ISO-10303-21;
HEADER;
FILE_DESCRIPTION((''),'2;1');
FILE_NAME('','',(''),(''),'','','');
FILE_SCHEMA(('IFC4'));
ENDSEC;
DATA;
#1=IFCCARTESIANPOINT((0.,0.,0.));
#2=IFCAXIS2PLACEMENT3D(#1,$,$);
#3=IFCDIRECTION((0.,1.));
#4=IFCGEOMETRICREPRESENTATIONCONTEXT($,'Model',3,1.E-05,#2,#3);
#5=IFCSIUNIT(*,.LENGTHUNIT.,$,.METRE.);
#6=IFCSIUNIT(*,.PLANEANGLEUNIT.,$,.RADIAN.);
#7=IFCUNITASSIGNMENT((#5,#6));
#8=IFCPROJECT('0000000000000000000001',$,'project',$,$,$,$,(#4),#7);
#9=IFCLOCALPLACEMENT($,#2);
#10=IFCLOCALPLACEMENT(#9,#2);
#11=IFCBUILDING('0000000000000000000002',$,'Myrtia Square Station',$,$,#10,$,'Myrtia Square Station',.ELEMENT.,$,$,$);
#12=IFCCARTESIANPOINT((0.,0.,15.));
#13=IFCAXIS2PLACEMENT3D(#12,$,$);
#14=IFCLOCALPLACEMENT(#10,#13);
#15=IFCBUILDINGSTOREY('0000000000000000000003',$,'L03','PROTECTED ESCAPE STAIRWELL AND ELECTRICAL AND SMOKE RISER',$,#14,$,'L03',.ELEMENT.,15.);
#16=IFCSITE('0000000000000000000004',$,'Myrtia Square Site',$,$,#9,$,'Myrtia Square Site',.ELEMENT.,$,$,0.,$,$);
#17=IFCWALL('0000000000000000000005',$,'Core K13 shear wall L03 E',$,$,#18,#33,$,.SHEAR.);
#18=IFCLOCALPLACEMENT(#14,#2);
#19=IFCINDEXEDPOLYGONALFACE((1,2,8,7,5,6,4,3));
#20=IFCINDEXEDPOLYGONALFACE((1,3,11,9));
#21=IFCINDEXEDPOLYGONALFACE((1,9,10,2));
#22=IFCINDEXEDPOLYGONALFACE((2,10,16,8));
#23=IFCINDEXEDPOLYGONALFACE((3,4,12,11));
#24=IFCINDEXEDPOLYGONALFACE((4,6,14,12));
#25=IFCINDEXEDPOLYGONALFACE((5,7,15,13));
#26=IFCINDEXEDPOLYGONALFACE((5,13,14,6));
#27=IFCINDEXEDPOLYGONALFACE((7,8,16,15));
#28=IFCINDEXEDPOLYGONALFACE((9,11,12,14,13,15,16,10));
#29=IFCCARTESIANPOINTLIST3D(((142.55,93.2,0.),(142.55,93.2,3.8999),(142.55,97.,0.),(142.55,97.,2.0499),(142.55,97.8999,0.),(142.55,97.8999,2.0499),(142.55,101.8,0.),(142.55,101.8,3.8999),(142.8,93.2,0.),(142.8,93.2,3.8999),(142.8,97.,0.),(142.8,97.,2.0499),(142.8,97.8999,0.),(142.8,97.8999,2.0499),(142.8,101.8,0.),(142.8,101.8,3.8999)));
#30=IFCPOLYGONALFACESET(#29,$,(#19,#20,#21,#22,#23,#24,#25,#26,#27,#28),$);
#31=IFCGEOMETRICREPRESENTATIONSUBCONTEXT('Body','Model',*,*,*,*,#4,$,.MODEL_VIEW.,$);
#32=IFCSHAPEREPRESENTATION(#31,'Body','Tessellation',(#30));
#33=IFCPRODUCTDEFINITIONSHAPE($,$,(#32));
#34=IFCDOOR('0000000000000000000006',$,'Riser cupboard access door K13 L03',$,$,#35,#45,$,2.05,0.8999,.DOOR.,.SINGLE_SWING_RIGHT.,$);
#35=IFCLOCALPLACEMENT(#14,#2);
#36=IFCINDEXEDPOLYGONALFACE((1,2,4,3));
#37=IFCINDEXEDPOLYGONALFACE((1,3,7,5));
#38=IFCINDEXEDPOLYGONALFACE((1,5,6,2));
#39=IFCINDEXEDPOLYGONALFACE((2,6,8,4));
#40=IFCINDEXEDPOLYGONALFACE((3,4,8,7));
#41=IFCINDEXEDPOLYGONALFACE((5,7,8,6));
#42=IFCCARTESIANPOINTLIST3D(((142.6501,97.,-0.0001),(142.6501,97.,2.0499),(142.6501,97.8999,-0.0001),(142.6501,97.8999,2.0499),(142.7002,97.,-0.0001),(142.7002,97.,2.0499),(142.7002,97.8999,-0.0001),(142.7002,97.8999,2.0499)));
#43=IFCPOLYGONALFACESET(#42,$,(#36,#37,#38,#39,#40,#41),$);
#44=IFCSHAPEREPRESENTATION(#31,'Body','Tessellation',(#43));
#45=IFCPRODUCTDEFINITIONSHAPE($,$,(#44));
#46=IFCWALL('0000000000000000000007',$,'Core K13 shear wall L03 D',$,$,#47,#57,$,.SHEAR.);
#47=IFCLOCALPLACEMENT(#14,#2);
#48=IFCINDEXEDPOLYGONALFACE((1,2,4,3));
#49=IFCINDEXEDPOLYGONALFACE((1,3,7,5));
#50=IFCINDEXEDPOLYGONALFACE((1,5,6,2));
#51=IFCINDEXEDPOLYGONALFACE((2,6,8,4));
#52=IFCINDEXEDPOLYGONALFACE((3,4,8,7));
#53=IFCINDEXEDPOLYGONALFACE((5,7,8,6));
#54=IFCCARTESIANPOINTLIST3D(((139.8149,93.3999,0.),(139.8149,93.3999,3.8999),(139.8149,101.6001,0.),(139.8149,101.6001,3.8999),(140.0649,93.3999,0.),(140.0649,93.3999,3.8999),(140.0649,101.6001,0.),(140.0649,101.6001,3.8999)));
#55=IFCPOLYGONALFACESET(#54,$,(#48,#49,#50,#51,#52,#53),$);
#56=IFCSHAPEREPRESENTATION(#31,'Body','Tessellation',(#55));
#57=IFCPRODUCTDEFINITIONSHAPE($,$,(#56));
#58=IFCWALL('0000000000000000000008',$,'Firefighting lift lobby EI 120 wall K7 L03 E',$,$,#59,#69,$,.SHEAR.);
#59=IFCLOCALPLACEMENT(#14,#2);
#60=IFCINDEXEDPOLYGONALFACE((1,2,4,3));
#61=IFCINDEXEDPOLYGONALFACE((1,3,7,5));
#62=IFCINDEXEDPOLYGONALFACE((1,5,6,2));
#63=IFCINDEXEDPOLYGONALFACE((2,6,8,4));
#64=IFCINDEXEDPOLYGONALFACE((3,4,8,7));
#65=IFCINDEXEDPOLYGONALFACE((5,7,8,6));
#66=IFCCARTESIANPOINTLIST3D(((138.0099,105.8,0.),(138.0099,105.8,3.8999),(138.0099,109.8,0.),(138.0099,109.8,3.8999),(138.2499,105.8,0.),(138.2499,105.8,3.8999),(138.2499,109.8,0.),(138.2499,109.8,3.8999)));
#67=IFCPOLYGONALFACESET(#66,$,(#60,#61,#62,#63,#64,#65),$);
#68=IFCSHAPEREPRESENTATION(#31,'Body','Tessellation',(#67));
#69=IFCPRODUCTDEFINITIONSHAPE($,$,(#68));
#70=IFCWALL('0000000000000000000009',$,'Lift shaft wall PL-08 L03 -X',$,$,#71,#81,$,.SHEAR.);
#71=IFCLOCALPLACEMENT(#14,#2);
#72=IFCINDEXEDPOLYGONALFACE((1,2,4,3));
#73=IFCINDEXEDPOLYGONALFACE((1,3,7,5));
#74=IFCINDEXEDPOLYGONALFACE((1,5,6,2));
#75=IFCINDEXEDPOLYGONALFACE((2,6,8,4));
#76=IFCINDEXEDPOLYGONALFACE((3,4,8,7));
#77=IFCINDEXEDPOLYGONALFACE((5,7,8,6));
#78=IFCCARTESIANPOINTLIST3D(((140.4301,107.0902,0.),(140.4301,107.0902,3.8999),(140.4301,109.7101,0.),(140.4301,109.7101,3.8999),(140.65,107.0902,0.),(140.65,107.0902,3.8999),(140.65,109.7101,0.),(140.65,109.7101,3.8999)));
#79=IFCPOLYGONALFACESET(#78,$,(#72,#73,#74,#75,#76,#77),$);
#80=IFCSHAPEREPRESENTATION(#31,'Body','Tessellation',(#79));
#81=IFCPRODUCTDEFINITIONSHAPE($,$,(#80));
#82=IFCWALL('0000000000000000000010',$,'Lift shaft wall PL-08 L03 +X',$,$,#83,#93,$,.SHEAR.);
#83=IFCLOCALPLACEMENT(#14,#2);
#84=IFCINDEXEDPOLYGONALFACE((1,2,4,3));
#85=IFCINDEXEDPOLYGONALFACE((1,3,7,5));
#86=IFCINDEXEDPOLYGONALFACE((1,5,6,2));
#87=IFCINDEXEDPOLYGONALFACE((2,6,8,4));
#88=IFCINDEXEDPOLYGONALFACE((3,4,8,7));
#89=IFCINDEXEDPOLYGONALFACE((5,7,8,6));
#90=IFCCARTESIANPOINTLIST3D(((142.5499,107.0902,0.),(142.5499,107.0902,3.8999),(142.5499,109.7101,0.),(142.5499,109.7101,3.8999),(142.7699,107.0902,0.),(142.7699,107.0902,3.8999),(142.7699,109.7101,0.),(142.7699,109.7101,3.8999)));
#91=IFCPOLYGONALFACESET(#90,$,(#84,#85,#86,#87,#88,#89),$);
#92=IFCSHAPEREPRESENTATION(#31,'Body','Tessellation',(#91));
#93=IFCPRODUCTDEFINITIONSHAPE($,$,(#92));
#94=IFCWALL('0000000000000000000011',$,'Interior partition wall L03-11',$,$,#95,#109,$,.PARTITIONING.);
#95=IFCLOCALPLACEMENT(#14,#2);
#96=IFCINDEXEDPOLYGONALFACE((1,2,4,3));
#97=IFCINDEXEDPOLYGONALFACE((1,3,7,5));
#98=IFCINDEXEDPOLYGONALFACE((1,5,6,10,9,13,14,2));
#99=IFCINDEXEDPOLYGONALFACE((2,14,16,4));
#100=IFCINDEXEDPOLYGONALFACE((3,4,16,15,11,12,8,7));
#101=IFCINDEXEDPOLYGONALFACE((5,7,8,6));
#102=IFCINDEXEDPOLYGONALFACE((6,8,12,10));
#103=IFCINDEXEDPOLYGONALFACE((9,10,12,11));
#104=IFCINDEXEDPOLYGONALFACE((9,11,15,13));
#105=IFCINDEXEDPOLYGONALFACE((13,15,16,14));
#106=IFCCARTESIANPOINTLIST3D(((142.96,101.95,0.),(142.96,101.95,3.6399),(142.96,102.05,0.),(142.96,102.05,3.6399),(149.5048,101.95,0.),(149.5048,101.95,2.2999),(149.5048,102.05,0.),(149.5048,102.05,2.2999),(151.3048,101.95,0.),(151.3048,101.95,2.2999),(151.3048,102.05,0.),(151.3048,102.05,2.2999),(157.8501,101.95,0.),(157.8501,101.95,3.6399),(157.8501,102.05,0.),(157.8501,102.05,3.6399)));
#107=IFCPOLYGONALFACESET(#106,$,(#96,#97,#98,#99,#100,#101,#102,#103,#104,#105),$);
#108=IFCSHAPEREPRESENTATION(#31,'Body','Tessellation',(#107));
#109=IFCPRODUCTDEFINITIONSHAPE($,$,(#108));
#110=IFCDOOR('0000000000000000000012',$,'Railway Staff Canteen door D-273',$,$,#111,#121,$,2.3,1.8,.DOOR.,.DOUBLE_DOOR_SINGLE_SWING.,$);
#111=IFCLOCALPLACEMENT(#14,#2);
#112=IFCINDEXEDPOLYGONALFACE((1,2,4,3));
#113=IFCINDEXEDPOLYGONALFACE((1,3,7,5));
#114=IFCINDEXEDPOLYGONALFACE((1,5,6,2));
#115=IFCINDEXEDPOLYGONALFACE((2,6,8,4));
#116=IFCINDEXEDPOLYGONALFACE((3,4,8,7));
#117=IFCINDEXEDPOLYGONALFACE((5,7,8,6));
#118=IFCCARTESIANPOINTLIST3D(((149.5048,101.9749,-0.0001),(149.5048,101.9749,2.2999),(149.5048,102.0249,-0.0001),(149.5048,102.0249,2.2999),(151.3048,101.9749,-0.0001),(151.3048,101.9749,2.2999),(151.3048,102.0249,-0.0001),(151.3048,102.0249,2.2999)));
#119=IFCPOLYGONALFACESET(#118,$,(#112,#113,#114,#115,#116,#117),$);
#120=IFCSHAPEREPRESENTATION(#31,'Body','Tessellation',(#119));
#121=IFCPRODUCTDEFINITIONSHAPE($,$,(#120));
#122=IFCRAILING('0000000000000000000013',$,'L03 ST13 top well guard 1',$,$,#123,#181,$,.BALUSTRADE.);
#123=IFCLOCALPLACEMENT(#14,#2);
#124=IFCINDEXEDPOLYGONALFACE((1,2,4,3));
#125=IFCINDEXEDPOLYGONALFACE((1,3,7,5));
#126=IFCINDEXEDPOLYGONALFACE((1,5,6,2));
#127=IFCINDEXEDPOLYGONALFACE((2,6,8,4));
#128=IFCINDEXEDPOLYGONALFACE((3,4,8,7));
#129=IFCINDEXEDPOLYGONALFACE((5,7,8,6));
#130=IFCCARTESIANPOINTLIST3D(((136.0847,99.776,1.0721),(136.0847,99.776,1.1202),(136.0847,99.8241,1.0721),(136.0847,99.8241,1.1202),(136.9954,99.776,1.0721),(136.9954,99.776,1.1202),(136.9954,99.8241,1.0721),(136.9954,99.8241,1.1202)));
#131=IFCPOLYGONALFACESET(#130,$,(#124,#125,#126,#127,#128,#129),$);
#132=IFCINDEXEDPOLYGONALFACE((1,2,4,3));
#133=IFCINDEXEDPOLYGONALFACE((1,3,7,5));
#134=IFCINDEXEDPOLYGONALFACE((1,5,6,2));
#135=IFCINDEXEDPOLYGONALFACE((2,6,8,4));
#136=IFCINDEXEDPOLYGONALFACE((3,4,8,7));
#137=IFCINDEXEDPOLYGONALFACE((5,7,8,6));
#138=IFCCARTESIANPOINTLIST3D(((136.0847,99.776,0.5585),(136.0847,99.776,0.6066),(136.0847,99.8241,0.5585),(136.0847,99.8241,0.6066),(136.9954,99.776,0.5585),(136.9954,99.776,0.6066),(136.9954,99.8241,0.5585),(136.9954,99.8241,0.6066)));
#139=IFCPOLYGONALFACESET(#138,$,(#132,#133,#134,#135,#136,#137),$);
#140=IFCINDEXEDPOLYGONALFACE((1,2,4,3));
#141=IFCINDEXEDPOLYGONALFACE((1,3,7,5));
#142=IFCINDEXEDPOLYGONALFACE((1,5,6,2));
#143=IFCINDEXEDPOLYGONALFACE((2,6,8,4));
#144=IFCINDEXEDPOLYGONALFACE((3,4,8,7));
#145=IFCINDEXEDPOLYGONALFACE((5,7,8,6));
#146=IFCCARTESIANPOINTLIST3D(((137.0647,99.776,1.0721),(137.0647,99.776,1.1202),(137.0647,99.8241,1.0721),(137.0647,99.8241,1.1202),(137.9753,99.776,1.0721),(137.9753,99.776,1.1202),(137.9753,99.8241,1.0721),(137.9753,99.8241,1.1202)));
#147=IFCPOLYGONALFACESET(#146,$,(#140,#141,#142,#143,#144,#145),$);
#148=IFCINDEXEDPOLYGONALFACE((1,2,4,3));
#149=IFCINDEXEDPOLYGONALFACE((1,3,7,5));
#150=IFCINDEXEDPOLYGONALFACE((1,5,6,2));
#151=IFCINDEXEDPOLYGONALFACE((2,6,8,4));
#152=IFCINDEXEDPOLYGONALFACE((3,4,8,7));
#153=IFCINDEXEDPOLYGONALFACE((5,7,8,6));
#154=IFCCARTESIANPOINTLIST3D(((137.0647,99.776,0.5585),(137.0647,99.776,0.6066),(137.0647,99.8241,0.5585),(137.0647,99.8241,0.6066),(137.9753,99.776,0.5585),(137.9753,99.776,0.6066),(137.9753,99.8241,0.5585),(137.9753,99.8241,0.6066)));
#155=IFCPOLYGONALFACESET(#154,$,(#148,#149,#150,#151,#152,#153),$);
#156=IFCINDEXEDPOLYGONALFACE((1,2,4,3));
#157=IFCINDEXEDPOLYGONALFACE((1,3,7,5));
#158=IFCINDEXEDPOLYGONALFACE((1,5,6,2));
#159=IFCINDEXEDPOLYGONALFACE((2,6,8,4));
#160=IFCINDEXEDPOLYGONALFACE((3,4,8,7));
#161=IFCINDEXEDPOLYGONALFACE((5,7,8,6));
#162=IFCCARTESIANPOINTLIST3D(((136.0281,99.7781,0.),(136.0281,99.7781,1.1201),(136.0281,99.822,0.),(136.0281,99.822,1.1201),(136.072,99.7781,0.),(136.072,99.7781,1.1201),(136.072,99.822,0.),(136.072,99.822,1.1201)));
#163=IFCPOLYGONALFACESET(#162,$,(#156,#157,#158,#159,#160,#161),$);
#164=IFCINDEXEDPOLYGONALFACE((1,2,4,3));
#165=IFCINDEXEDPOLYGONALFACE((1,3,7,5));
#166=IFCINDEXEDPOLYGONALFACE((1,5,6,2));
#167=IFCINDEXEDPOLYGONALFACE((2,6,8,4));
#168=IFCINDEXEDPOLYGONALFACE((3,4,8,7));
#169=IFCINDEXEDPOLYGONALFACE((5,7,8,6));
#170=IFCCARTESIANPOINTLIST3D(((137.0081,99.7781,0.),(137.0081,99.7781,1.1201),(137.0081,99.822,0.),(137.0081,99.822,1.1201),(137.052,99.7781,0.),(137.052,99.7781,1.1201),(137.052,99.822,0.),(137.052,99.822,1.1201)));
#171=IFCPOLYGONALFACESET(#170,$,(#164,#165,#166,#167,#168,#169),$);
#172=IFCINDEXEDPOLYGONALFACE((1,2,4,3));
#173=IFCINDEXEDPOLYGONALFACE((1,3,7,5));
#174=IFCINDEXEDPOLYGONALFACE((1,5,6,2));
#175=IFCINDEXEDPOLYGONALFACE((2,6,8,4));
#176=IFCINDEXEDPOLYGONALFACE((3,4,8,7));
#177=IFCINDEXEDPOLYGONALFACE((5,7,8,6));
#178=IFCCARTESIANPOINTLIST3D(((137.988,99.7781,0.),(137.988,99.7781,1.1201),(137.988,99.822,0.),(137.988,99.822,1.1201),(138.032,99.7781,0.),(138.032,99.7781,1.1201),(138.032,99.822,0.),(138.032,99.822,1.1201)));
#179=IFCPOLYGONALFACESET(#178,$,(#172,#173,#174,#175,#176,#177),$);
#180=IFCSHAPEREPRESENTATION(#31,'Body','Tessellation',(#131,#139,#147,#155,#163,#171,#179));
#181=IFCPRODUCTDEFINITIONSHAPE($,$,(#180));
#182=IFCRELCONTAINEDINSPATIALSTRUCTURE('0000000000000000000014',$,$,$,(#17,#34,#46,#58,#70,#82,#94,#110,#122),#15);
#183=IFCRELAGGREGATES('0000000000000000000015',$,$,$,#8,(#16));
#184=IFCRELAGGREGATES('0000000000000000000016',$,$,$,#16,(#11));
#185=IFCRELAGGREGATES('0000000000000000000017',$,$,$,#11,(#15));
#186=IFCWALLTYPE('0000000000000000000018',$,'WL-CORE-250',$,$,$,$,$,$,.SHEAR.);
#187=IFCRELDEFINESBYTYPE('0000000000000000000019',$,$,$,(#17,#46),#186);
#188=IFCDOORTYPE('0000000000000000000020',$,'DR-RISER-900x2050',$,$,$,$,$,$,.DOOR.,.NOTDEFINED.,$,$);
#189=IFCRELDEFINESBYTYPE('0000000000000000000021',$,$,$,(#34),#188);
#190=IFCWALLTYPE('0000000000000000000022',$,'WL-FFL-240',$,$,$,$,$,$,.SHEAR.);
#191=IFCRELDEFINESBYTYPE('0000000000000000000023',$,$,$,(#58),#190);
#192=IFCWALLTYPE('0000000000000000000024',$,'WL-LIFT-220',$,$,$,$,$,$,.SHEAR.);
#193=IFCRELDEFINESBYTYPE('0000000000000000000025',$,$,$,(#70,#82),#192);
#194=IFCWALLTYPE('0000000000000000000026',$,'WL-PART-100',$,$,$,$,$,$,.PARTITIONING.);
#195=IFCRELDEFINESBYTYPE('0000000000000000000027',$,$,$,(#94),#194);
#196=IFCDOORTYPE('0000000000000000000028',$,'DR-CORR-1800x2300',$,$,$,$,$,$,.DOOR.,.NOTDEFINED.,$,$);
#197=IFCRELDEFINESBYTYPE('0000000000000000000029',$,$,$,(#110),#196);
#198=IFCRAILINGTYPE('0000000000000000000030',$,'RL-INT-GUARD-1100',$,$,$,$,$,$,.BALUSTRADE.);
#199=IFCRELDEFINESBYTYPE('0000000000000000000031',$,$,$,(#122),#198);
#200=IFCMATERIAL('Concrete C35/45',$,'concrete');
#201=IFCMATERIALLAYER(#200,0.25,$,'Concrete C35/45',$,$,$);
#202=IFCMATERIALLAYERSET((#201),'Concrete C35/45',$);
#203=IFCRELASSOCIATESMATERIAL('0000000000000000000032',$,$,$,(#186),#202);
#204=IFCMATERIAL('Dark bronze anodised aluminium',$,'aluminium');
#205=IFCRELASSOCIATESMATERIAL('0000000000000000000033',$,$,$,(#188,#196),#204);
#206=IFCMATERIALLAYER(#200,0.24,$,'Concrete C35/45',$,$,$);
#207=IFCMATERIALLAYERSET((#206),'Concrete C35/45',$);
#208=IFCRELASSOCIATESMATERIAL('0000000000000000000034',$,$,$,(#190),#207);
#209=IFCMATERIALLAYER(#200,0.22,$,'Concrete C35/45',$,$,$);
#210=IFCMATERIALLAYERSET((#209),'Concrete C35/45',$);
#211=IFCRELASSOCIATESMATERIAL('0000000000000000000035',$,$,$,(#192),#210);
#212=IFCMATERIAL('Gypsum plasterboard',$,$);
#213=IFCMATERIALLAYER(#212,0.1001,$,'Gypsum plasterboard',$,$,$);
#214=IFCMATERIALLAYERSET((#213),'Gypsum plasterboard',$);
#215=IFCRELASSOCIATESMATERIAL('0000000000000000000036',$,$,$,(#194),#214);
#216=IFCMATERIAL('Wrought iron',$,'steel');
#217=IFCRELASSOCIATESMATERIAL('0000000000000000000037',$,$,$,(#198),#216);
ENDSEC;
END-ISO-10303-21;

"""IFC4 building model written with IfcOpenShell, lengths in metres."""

from ifc_helpers import new_model, si_unit, direction, frame, frame_2d, origin, origin_2d, place, context, subcontext, project, spatial, rectangle, extrude, material, layer, layer_set, type_object, element, fill, save


model = new_model("IFC4")

# Units and contexts
model_context = context("Model", 3, precision=1e-05, world=origin(), true_north=direction((0.0, 1.0)))
body_context = subcontext(model_context, "Body", "Model", "MODEL_VIEW")
ifc_project = project(units=[si_unit("LENGTHUNIT", "METRE"), si_unit("PLANEANGLEUNIT", "RADIAN")], contexts=[model_context])

# Site, building, storey
site_placement = place(None, origin())
site = spatial("IfcSite", under=ifc_project, at=site_placement, Name="Myrtia Square Site", LongName="Myrtia Square Site", CompositionType="ELEMENT", RefElevation=0.0)
building_placement = place(site_placement, origin())
building = spatial("IfcBuilding", under=site, at=building_placement, Name="Myrtia Square Station", LongName="Myrtia Square Station", CompositionType="ELEMENT")
storey_placement = place(building_placement, frame((0.0, 0.0, 15.0)))
storey = spatial("IfcBuildingStorey", under=building, at=storey_placement, Name="L03", Description="PROTECTED ESCAPE STAIRWELL AND ELECTRICAL AND SMOKE RISER", LongName="L03", CompositionType="ELEMENT", Elevation=15.0)

# Wall, opening, door
ifc_material_1 = material(Name="Concrete C35/45", Category="concrete")
ifc_layer_1 = layer(ifc_material_1, 0.25, Name="Concrete C35/45")
ifc_layer_set_1 = layer_set([ifc_layer_1], Name="Concrete C35/45")
wall_type_1 = type_object("IfcWallType", Name="WL-CORE-250", PredefinedType="SHEAR", material=ifc_layer_set_1)
wall_1_placement = place(storey_placement, frame((142.675, 93.2, 0.0), z_axis=(0.0, 0.0, 1.0), x_axis=(0.0, 1.0, 0.0)))
wall_1 = element("IfcWall", 1, at=wall_1_placement, inside=storey, type_object=wall_type_1, Name="Core K13 shear wall L03 E", PredefinedType="SHEAR", context=body_context, shape_type="SweptSolid", body=[
    extrude(rectangle(XDim=8.6001, YDim=0.25, at=frame_2d((4.3, 0.0))), origin(), (0.0, 0.0, 1.0), 3.8999),
])
opening_1_placement = place(wall_1_placement, frame((3.8, 0.0, 0.0)))
opening_1 = element("IfcOpeningElement", 2, at=opening_1_placement, cuts=wall_1, PredefinedType="OPENING", context=body_context, shape_type="SweptSolid", body=[
    extrude(rectangle(XDim=0.8999, YDim=2.05, at=frame_2d((0.45, 1.0249))), frame((0.0, 0.1399, 0.0), z_axis=(0.0, -1.0, 0.0), x_axis=(1.0, 0.0, 0.0)), (0.0, 0.0, 1.0), 0.28),
])
ifc_material_2 = material(Name="Dark bronze anodised aluminium", Category="aluminium")
door_type_1 = type_object("IfcDoorType", Name="DR-RISER-900x2050", OperationType="NOTDEFINED", PredefinedType="DOOR", material=ifc_material_2)
door_1_placement = place(opening_1_placement, origin())
door_1 = element("IfcDoor", 3, at=door_1_placement, inside=storey, type_object=door_type_1, Name="Riser cupboard access door K13 L03", OperationType="SINGLE_SWING_RIGHT", OverallHeight=2.05, OverallWidth=0.8999, PredefinedType="DOOR", context=body_context, shape_type="SweptSolid", body=[
    extrude(rectangle(XDim=0.8999, YDim=2.05, at=frame_2d((0.45, 1.0249))), frame((0.0, 0.0249, 0.0), z_axis=(0.0, -1.0, 0.0), x_axis=(1.0, 0.0, 0.0)), (0.0, 0.0, 1.0), 0.05),
])
fill(opening_1, door_1)

# Walls
wall_2_placement = place(storey_placement, frame((139.9399, 93.3999, 0.0), z_axis=(0.0, 0.0, 1.0), x_axis=(0.0, 1.0, 0.0)))
element("IfcWall", 4, at=wall_2_placement, inside=storey, type_object=wall_type_1, Name="Core K13 shear wall L03 D", PredefinedType="SHEAR", context=body_context, shape_type="SweptSolid", body=[
    extrude(rectangle(XDim=8.2002, YDim=0.25, at=frame_2d((4.1001, 0.0))), origin(), (0.0, 0.0, 1.0), 3.8999),
])
ifc_layer_2 = layer(ifc_material_1, 0.24, Name="Concrete C35/45")
ifc_layer_set_2 = layer_set([ifc_layer_2], Name="Concrete C35/45")
wall_type_2 = type_object("IfcWallType", Name="WL-FFL-240", PredefinedType="SHEAR", material=ifc_layer_set_2)
wall_3_placement = place(storey_placement, frame((138.1299, 105.8, 0.0), z_axis=(0.0, 0.0, 1.0), x_axis=(0.0, 1.0, 0.0)))
element("IfcWall", 5, at=wall_3_placement, inside=storey, type_object=wall_type_2, Name="Firefighting lift lobby EI 120 wall K7 L03 E", PredefinedType="SHEAR", context=body_context, shape_type="SweptSolid", body=[
    extrude(rectangle(XDim=4.0, YDim=0.24, at=frame_2d((2.0, 0.0))), origin(), (0.0, 0.0, 1.0), 3.8999),
])

# Shared definitions
ifc_layer_3 = layer(ifc_material_1, 0.22, Name="Concrete C35/45")
ifc_layer_set_3 = layer_set([ifc_layer_3], Name="Concrete C35/45")
wall_type_3 = type_object("IfcWallType", Name="WL-LIFT-220", PredefinedType="SHEAR", material=ifc_layer_set_3)

# Walls
for number, where, z_axis, x_axis, name in (
    (6, (140.54, 107.0901, 0.0), (0.0, 0.0, 1.0), (0.0, 1.0, 0.0), "Lift shaft wall PL-08 L03 -X"),
    (7, (142.6599, 107.0901, 0.0), (0.0, 0.0, 1.0), (0.0, 1.0, 0.0), "Lift shaft wall PL-08 L03 +X"),
):
    element("IfcWall", number, at=place(storey_placement, frame(where, z_axis=z_axis, x_axis=x_axis)), inside=storey, type_object=wall_type_3, Name=name, PredefinedType="SHEAR", context=body_context, shape_type="SweptSolid", body=[
        extrude(rectangle(XDim=2.6199, YDim=0.22, at=frame_2d((1.3101, 0.0))), origin(), (0.0, 0.0, 1.0), 3.8999),
    ])

# Wall, opening, door
ifc_material_3 = material(Name="Gypsum plasterboard")
ifc_layer_4 = layer(ifc_material_3, 0.1001, Name="Gypsum plasterboard")
ifc_layer_set_4 = layer_set([ifc_layer_4], Name="Gypsum plasterboard")
wall_type_4 = type_object("IfcWallType", Name="WL-PART-100", PredefinedType="PARTITIONING", material=ifc_layer_set_4)
wall_4_placement = place(storey_placement, frame((142.96, 102.0, 0.0), z_axis=(0.0, 0.0, 1.0), x_axis=(1.0, 0.0, 0.0)))
wall_4 = element("IfcWall", 8, at=wall_4_placement, inside=storey, type_object=wall_type_4, Name="Interior partition wall L03-11", PredefinedType="PARTITIONING", context=body_context, shape_type="SweptSolid", body=[
    extrude(rectangle(XDim=14.8901, YDim=0.1001, at=frame_2d((7.4451, 0.0))), origin(), (0.0, 0.0, 1.0), 3.6399),
])
opening_2_placement = place(wall_4_placement, frame((6.5449, 0.0, 0.0)))
opening_2 = element("IfcOpeningElement", 9, at=opening_2_placement, cuts=wall_4, PredefinedType="OPENING", context=body_context, shape_type="SweptSolid", body=[
    extrude(rectangle(XDim=1.8, YDim=2.3, at=frame_2d((0.8999, 1.1499))), frame((0.0, 0.0649, 0.0), z_axis=(0.0, -1.0, 0.0), x_axis=(1.0, 0.0, 0.0)), (0.0, 0.0, 1.0), 0.1301),
])
door_type_2 = type_object("IfcDoorType", Name="DR-CORR-1800x2300", OperationType="NOTDEFINED", PredefinedType="DOOR", material=ifc_material_2)
door_2_placement = place(opening_2_placement, origin())
door_2 = element("IfcDoor", 10, at=door_2_placement, inside=storey, type_object=door_type_2, Name="Railway Staff Canteen door D-273", OperationType="DOUBLE_DOOR_SINGLE_SWING", OverallHeight=2.3, OverallWidth=1.8, PredefinedType="DOOR", context=body_context, shape_type="SweptSolid", body=[
    extrude(rectangle(XDim=1.8, YDim=2.3, at=frame_2d((0.8999, 1.1499))), frame((0.0, 0.0249, 0.0), z_axis=(0.0, -1.0, 0.0), x_axis=(1.0, 0.0, 0.0)), (0.0, 0.0, 1.0), 0.05),
])
fill(opening_2, door_2)

# Railing
ifc_material_4 = material(Name="Wrought iron", Category="steel")
railing_type = type_object("IfcRailingType", Name="RL-INT-GUARD-1100", PredefinedType="BALUSTRADE", material=ifc_material_4)
railing_placement = place(storey_placement, frame((136.05, 99.8, 0.0)))
element("IfcRailing", 11, at=railing_placement, inside=storey, type_object=railing_type, Name="L03 ST13 top well guard 1", PredefinedType="BALUSTRADE", context=body_context, shape_type="SweptSolid", body=[
    extrude(rectangle(XDim=0.0481, YDim=0.0481, at=origin_2d()), frame((0.0347, 0.0, 1.0962), z_axis=(1.0, 0.0, 0.0), x_axis=(0.0, 1.0, 0.0)), (0.0, 0.0, 1.0), 0.9106),
    extrude(rectangle(XDim=0.0481, YDim=0.0481, at=origin_2d()), frame((0.0347, 0.0, 0.5825), z_axis=(1.0, 0.0, 0.0), x_axis=(0.0, 1.0, 0.0)), (0.0, 0.0, 1.0), 0.9106),
    extrude(rectangle(XDim=0.0481, YDim=0.0481, at=origin_2d()), frame((1.0146, 0.0, 1.0962), z_axis=(1.0, 0.0, 0.0), x_axis=(0.0, 1.0, 0.0)), (0.0, 0.0, 1.0), 0.9106),
    extrude(rectangle(XDim=0.0481, YDim=0.0481, at=origin_2d()), frame((1.0146, 0.0, 0.5825), z_axis=(1.0, 0.0, 0.0), x_axis=(0.0, 1.0, 0.0)), (0.0, 0.0, 1.0), 0.9106),
    extrude(rectangle(XDim=0.0439, YDim=0.0439, at=origin_2d()), origin(), (0.0, 0.0, 1.0), 1.1201),
    extrude(rectangle(XDim=0.0439, YDim=0.0439, at=origin_2d()), frame((0.98, 0.0, 0.0)), (0.0, 0.0, 1.0), 1.1201),
    extrude(rectangle(XDim=0.0439, YDim=0.0439, at=origin_2d()), frame((1.96, 0.0, 0.0)), (0.0, 0.0, 1.0), 1.1201),
])

save(model, "model.ifc")
